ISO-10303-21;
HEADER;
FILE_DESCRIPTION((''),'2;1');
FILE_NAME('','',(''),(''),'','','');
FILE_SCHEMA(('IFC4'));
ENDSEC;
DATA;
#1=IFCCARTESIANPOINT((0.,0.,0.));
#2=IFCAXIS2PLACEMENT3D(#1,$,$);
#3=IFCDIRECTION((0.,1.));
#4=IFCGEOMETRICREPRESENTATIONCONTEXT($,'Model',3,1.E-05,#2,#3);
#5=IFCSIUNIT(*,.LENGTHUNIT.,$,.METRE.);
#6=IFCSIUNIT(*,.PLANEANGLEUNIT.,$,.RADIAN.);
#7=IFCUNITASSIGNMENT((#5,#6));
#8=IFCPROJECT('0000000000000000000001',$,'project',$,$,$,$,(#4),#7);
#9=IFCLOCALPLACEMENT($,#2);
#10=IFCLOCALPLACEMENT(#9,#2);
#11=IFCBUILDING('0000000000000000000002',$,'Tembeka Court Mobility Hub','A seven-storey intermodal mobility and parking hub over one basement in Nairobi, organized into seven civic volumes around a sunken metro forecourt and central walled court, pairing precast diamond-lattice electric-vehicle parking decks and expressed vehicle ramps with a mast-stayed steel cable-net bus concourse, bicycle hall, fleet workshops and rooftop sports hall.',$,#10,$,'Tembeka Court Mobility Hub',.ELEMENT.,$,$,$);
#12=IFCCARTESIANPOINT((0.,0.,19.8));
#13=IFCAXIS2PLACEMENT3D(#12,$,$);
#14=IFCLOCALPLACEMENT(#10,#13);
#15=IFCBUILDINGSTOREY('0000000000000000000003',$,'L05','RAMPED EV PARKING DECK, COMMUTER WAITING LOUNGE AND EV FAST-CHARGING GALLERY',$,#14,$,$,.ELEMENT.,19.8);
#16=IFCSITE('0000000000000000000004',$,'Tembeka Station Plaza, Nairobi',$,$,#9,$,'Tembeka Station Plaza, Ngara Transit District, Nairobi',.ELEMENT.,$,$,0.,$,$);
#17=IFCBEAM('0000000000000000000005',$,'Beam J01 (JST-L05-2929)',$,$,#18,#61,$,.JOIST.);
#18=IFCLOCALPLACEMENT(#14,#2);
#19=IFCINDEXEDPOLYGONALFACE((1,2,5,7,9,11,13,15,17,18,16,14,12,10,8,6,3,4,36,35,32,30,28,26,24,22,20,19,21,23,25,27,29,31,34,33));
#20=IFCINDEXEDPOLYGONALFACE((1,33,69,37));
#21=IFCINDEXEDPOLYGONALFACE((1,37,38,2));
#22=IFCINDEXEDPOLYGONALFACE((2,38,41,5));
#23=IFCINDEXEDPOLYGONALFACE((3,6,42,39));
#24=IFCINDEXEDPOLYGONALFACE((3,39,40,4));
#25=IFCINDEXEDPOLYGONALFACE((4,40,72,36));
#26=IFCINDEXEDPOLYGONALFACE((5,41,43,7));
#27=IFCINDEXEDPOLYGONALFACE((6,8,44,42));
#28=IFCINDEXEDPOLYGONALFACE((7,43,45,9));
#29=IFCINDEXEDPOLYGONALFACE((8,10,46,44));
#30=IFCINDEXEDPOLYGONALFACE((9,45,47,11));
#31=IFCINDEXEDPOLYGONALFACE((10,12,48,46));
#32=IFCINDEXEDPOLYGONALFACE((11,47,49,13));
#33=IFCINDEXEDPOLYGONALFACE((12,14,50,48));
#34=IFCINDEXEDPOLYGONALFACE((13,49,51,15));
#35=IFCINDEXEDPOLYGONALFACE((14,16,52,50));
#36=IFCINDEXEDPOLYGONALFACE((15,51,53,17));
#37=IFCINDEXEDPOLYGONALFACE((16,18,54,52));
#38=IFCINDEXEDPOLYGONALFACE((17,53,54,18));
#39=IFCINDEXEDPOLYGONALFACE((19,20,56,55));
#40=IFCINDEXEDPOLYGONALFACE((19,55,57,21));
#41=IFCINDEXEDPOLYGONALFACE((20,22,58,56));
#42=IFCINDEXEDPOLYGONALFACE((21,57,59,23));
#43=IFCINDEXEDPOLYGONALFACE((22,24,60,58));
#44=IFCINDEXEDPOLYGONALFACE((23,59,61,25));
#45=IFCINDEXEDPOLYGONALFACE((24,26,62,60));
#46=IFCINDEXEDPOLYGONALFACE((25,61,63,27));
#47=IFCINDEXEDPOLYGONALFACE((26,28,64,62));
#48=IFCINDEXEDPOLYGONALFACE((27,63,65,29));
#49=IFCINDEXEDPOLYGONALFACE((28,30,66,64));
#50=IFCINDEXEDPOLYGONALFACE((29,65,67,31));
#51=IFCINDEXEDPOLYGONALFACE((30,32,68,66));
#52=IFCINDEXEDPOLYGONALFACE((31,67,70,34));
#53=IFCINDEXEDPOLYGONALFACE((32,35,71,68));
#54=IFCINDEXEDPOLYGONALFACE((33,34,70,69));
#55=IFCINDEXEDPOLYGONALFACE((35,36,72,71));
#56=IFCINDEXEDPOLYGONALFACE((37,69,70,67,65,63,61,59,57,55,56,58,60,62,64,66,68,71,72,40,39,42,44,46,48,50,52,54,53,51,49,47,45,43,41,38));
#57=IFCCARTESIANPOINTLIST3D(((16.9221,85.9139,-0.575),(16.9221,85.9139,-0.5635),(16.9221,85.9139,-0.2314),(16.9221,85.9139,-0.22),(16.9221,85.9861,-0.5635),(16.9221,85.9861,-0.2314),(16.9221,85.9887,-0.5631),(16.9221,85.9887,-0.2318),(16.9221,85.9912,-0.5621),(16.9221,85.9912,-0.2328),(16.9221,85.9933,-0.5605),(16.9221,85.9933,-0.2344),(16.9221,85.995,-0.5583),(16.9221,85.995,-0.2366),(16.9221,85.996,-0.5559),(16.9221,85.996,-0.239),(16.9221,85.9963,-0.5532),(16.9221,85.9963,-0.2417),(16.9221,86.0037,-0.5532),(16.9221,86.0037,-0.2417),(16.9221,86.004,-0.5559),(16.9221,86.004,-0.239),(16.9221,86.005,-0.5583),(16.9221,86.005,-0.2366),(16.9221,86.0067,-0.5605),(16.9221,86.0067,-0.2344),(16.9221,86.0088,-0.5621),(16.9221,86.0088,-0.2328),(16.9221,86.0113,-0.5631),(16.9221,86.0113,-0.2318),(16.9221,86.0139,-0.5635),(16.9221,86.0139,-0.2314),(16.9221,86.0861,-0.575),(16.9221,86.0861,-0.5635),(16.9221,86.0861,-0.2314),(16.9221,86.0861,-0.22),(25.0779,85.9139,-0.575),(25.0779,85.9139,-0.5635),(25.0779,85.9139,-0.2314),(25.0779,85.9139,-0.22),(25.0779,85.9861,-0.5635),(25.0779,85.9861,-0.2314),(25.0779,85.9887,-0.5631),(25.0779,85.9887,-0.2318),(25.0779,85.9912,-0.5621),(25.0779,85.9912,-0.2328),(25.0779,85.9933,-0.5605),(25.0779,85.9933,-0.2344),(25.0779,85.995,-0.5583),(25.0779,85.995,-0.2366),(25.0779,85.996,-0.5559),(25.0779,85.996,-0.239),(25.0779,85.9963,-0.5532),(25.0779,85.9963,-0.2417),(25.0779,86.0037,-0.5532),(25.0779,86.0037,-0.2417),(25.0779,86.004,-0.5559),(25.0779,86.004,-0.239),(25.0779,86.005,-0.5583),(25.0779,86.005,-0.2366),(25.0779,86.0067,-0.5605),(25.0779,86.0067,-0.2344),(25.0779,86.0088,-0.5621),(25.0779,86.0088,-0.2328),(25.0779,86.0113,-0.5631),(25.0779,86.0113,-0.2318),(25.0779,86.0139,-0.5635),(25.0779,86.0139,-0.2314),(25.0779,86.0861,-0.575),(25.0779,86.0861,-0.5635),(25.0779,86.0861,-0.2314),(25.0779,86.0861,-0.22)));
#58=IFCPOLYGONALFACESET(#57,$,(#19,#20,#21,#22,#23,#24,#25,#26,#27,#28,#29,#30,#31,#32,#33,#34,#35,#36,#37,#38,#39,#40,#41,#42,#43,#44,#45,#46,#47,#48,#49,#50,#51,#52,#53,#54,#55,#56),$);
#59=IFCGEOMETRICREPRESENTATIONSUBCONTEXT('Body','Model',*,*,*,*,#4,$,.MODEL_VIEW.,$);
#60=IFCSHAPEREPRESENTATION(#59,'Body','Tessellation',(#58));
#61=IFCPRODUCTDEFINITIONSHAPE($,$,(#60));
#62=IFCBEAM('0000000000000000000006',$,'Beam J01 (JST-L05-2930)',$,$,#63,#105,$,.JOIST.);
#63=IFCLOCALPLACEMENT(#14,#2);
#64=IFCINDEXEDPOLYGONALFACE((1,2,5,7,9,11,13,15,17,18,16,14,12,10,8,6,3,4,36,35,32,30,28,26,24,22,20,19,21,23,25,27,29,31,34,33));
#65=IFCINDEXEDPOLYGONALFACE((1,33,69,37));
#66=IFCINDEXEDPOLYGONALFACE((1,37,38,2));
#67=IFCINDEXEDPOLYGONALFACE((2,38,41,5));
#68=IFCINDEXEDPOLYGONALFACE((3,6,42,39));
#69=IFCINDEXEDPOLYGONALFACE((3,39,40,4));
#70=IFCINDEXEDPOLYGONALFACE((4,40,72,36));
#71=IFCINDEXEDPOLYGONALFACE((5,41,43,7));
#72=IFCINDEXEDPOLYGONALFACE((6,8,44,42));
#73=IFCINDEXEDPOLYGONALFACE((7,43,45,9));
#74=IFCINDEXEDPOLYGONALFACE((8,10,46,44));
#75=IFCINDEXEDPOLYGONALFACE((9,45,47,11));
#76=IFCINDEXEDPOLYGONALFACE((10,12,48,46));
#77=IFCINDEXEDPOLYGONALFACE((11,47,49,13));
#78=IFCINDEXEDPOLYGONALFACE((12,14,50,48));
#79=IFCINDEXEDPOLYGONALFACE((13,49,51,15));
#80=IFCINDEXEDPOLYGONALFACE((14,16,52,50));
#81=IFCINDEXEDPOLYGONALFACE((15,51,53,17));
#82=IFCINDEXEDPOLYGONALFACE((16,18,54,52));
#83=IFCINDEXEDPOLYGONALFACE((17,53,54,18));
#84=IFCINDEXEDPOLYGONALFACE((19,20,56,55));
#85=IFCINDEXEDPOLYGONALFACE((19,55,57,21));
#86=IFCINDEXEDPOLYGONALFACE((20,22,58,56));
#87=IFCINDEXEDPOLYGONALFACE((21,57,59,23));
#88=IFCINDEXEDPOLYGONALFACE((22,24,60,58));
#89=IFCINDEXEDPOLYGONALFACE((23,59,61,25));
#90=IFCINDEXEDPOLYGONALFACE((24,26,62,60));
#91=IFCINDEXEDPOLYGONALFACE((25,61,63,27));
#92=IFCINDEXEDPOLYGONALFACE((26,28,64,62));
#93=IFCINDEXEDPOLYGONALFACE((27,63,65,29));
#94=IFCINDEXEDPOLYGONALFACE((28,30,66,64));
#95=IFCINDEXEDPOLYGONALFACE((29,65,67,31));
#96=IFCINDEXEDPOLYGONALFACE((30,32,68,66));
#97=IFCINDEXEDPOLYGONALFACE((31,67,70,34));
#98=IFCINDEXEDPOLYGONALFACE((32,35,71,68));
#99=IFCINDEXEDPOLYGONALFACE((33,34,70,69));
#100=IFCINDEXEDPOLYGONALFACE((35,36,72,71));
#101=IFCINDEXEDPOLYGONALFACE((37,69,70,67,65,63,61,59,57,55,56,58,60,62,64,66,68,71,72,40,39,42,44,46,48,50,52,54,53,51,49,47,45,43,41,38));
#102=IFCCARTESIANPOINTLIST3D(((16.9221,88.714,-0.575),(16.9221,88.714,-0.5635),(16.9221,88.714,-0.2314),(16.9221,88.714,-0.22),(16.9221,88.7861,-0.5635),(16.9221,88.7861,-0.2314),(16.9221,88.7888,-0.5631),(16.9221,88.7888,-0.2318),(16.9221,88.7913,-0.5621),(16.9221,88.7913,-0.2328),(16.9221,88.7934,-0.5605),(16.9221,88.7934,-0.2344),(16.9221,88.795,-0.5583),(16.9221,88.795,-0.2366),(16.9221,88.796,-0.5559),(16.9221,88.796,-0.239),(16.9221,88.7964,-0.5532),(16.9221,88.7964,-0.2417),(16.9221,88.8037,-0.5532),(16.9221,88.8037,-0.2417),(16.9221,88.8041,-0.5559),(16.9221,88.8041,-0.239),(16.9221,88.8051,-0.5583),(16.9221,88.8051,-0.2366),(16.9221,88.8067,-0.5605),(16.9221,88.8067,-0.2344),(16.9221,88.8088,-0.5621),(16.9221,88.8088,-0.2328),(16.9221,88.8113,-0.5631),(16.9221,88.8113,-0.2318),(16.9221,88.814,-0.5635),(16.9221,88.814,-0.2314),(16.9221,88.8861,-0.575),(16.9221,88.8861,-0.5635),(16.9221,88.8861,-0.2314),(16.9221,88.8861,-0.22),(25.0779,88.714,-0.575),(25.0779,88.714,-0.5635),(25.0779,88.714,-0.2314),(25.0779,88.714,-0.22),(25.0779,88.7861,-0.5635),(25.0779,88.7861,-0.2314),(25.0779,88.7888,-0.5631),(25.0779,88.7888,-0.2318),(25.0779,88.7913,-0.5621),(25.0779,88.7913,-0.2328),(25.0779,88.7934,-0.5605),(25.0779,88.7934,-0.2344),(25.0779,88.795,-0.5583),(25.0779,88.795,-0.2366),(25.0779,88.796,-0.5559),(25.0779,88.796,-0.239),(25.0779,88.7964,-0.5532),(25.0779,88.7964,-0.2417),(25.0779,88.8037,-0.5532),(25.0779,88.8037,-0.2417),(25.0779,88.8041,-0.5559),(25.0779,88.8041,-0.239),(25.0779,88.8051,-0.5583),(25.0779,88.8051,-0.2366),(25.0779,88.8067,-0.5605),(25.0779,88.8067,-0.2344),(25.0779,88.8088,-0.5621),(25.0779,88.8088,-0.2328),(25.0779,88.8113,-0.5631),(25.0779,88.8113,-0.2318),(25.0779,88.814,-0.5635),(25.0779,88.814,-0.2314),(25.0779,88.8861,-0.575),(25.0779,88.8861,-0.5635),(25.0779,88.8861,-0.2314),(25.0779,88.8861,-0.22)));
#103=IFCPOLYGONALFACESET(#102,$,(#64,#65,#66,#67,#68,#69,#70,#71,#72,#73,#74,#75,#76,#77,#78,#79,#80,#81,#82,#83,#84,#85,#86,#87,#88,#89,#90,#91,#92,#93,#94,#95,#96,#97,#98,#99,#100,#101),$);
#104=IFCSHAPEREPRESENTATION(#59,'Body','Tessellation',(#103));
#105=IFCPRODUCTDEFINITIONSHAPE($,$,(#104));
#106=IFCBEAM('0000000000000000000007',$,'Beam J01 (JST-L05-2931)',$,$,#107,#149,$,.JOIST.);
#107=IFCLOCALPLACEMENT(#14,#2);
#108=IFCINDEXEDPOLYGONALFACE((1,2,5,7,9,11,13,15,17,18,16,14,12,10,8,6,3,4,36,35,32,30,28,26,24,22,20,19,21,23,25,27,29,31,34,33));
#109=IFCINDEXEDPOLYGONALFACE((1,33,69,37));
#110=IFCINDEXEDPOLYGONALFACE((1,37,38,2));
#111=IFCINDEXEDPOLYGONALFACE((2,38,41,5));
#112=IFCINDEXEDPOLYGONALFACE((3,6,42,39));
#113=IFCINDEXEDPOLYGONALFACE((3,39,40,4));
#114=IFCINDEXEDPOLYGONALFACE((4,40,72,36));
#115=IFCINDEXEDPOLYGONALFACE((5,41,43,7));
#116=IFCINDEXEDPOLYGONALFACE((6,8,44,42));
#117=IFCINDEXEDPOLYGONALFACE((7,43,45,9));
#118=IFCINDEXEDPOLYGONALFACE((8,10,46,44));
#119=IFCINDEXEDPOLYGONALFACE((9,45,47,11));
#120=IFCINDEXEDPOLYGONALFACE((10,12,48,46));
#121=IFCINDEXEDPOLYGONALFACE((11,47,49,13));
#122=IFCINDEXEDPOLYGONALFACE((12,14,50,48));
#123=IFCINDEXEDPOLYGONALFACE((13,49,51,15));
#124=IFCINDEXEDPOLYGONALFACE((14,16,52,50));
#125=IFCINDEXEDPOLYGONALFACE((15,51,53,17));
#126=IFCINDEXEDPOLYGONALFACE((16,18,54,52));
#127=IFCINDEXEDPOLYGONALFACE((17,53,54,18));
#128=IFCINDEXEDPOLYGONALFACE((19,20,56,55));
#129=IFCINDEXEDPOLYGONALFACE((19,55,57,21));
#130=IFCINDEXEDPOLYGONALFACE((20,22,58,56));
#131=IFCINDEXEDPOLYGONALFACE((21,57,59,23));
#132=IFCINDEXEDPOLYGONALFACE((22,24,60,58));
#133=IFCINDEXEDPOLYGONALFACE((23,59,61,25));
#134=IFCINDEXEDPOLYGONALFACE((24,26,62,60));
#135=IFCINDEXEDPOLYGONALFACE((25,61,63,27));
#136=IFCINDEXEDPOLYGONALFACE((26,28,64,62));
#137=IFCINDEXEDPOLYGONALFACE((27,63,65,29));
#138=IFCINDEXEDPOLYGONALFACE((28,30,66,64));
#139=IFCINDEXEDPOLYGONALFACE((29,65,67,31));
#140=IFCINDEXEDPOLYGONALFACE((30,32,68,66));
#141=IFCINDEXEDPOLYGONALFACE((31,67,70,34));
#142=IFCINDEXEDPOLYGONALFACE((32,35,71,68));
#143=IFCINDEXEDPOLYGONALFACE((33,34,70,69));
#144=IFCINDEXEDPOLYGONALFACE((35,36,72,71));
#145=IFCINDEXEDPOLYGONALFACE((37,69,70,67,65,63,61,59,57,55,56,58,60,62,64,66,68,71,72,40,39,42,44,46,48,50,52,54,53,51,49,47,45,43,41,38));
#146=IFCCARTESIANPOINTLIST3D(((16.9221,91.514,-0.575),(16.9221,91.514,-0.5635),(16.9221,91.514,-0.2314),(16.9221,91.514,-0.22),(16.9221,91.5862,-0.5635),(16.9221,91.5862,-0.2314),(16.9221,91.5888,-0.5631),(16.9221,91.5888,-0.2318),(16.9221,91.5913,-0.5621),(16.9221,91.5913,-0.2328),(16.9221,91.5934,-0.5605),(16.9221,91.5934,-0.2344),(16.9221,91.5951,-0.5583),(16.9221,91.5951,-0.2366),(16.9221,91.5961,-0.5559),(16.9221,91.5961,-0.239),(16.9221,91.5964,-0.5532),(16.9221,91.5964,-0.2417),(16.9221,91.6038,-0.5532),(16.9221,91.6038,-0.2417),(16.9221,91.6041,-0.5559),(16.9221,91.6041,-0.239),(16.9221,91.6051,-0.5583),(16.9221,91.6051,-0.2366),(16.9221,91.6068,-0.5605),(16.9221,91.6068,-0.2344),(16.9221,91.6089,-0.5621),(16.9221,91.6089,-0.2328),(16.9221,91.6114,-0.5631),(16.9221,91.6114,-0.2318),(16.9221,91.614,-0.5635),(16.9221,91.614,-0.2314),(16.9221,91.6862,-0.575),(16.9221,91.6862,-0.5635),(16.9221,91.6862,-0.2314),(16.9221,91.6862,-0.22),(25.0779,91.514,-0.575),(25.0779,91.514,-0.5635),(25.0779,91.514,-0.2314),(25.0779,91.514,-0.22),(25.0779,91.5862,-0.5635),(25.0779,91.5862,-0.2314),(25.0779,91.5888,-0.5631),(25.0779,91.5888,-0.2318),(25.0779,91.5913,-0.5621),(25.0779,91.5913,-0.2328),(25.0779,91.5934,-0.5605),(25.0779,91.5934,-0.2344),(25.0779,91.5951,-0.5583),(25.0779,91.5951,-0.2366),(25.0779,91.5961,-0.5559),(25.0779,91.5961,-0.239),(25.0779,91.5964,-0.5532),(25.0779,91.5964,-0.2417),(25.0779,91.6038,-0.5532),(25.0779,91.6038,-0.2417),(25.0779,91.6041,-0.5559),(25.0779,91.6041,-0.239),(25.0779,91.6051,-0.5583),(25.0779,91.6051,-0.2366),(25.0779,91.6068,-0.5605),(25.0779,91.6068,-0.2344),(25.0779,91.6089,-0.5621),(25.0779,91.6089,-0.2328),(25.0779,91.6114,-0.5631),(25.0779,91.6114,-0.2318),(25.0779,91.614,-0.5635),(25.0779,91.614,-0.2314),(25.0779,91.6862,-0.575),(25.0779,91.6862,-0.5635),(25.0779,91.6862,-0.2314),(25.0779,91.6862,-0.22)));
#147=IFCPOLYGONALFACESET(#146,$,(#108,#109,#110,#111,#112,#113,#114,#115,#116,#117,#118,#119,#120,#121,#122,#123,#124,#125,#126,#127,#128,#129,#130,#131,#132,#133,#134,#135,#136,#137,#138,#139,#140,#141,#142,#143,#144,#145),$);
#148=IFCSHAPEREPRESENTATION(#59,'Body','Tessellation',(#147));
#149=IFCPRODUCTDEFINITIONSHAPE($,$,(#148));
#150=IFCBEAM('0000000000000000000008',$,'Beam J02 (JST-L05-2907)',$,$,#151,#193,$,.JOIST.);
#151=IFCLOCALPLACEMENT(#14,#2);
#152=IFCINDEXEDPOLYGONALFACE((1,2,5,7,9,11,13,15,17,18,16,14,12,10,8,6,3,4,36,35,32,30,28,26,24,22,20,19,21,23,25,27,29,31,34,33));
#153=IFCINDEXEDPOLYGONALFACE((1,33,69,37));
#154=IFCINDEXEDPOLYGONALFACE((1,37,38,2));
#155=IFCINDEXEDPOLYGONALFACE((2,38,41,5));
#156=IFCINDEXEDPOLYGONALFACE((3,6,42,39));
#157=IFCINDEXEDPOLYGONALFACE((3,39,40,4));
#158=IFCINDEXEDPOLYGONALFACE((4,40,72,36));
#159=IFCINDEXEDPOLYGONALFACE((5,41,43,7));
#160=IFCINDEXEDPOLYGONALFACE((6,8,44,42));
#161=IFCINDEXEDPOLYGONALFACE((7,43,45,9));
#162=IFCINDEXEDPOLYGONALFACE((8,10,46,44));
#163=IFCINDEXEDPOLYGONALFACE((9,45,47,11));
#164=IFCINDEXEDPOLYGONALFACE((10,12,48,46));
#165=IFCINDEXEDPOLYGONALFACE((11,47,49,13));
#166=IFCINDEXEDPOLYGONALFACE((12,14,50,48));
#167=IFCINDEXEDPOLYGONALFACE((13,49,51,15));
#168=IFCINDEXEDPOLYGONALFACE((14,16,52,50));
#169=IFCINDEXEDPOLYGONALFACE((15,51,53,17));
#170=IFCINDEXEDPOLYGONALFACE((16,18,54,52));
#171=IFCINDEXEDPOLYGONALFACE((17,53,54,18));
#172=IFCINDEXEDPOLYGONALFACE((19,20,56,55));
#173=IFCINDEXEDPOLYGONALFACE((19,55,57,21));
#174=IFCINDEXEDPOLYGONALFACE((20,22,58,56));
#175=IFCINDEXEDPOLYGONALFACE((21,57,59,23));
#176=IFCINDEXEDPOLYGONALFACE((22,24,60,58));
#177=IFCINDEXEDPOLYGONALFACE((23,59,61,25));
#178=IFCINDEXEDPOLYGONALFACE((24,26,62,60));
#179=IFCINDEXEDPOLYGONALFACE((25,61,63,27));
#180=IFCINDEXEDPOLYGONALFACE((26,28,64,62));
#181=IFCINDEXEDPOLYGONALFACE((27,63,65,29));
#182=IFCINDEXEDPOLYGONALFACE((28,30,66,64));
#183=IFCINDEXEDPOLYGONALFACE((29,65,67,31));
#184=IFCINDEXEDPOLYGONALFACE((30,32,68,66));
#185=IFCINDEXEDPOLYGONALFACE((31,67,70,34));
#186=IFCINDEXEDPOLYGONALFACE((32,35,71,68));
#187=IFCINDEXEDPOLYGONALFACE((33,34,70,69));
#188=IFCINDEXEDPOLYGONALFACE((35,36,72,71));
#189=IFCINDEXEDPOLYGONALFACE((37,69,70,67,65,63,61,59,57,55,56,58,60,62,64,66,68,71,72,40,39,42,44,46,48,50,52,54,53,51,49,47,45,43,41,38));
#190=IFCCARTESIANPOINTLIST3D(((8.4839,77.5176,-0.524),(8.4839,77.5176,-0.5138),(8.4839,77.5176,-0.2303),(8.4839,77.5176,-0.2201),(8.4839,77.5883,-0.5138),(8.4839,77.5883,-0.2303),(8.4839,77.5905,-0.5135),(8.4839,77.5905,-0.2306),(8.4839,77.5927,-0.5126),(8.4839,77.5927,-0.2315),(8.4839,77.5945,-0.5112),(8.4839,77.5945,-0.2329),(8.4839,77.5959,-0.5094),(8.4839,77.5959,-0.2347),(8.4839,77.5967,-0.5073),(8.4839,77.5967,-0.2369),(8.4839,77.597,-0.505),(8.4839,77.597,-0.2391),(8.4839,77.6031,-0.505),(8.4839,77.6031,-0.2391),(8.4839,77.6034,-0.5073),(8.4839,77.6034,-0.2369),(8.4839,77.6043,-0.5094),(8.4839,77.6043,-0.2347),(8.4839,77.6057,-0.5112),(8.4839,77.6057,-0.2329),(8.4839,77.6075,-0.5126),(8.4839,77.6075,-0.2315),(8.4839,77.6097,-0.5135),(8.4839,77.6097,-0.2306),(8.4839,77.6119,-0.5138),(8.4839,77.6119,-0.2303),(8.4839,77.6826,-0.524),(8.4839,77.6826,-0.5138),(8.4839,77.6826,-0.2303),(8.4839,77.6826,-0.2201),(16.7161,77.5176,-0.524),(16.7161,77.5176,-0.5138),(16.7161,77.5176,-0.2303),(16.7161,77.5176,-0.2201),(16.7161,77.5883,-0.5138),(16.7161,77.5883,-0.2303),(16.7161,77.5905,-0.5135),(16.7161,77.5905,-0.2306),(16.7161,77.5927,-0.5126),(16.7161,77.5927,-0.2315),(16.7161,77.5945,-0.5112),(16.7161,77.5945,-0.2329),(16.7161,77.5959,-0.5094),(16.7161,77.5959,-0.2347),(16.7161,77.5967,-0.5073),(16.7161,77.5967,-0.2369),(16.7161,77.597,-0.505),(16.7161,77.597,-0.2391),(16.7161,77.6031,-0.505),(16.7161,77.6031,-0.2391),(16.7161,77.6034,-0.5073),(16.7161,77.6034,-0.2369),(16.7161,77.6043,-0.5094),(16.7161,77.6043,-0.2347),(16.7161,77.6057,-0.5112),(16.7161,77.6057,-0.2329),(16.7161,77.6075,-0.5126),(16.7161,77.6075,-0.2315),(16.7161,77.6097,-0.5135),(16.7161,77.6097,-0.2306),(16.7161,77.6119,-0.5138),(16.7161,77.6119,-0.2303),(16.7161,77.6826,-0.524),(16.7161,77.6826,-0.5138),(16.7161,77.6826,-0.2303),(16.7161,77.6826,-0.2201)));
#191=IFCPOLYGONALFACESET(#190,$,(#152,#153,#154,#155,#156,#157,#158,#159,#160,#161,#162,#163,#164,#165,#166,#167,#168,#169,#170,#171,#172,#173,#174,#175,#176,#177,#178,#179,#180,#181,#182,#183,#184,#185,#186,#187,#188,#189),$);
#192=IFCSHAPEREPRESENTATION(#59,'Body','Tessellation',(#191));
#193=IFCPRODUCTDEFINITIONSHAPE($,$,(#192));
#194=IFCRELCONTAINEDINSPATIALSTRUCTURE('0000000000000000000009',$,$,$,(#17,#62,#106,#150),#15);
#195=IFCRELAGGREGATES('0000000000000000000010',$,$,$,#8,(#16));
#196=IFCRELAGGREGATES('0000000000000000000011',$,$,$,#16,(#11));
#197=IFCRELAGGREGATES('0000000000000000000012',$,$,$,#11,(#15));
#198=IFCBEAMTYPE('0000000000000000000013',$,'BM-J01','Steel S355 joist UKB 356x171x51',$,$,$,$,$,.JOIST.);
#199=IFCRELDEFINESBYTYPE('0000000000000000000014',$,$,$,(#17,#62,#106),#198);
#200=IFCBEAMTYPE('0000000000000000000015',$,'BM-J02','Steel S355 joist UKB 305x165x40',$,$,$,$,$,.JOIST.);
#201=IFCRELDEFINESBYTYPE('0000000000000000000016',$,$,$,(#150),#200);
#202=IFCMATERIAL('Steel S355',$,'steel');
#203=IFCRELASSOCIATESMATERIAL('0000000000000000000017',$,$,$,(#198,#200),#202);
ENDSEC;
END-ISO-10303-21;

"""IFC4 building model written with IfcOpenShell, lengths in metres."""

from ifc_helpers import new_model, si_unit, direction, frame, origin, origin_2d, place, context, subcontext, project, spatial, i_section, extrude, material, material_profile, profile_set, type_object, element, save


model = new_model("IFC4")

# Units and contexts
model_context = context("Model", 3, precision=1e-05, world=origin(), true_north=direction((0.0, 1.0)))
body_context = subcontext(model_context, "Body", "Model", "MODEL_VIEW")
ifc_project = project(units=[si_unit("LENGTHUNIT", "METRE"), si_unit("PLANEANGLEUNIT", "RADIAN")], contexts=[model_context])

# Site, building, storey
site_placement = place(None, origin())
site = spatial("IfcSite", under=ifc_project, at=site_placement, Name="Tembeka Station Plaza, Nairobi", LongName="Tembeka Station Plaza, Ngara Transit District, Nairobi", CompositionType="ELEMENT", RefElevation=0.0)
building_placement = place(site_placement, origin())
building = spatial("IfcBuilding", under=site, at=building_placement, Name="Tembeka Court Mobility Hub", Description="A seven-storey intermodal mobility and parking hub over one basement in Nairobi, organized into seven civic volumes around a sunken metro forecourt and central walled court, pairing precast diamond-lattice electric-vehicle parking decks and expressed vehicle ramps with a mast-stayed steel cable-net bus concourse, bicycle hall, fleet workshops and rooftop sports hall.", LongName="Tembeka Court Mobility Hub", CompositionType="ELEMENT")
storey_placement = place(building_placement, frame((0.0, 0.0, 19.8)))
storey = spatial("IfcBuildingStorey", under=building, at=storey_placement, Name="L05", Description="RAMPED EV PARKING DECK, COMMUTER WAITING LOUNGE AND EV FAST-CHARGING GALLERY", CompositionType="ELEMENT", Elevation=19.8)

# Shared definitions
ifc_material_1 = material(Name="Steel S355", Category="steel")

# Beams
ifc_material_profile_1 = material_profile(ifc_material_1, i_section(OverallWidth=0.1721, OverallDepth=0.355, WebThickness=0.0073, FlangeThickness=0.0115, FilletRadius=0.0103, at=origin_2d()), Name="UKB 356x171x51")
ifc_profile_set_1 = profile_set([ifc_material_profile_1], Name="Steel S355")
beam_type_1 = type_object("IfcBeamType", Name="BM-J01", Description="Steel S355 joist UKB 356x171x51", PredefinedType="JOIST", material=ifc_profile_set_1)
for number, where, z_axis, x_axis, name in (
    (1, (16.9221, 86.0, -0.3975), (1.0, 0.0, 0.0), (0.0, 1.0, 0.0), "Beam J01 (JST-L05-2929)"),
    (2, (16.9221, 88.8, -0.3975), (1.0, 0.0, 0.0), (0.0, 1.0, 0.0), "Beam J01 (JST-L05-2930)"),
    (3, (16.9221, 91.6001, -0.3975), (1.0, 0.0, 0.0), (0.0, 1.0, 0.0), "Beam J01 (JST-L05-2931)"),
):
    element("IfcBeam", number, at=place(storey_placement, frame(where, z_axis=z_axis, x_axis=x_axis)), inside=storey, type_object=beam_type_1, Name=name, PredefinedType="JOIST", context=body_context, shape_type="SweptSolid", body=[
        extrude(i_section(OverallWidth=0.1721, OverallDepth=0.355, WebThickness=0.0073, FlangeThickness=0.0115, FilletRadius=0.0103, at=origin_2d()), origin(), (0.0, 0.0, 1.0), 8.1558),
    ])
ifc_material_profile_2 = material_profile(ifc_material_1, i_section(OverallWidth=0.165, OverallDepth=0.304, WebThickness=0.0061, FlangeThickness=0.0103, FilletRadius=0.0088, at=origin_2d()), Name="UKB 305x165x40")
ifc_profile_set_2 = profile_set([ifc_material_profile_2], Name="Steel S355")
beam_type_2 = type_object("IfcBeamType", Name="BM-J02", Description="Steel S355 joist UKB 305x165x40", PredefinedType="JOIST", material=ifc_profile_set_2)
beam_1_placement = place(storey_placement, frame((8.4839, 77.6001, -0.3721), z_axis=(1.0, 0.0, 0.0), x_axis=(0.0, 1.0, 0.0)))
element("IfcBeam", 4, at=beam_1_placement, inside=storey, type_object=beam_type_2, Name="Beam J02 (JST-L05-2907)", PredefinedType="JOIST", context=body_context, shape_type="SweptSolid", body=[
    extrude(i_section(OverallWidth=0.165, OverallDepth=0.304, WebThickness=0.0061, FlangeThickness=0.0103, FilletRadius=0.0088, at=origin_2d()), origin(), (0.0, 0.0, 1.0), 8.2322),
])

save(model, "model.ifc")
